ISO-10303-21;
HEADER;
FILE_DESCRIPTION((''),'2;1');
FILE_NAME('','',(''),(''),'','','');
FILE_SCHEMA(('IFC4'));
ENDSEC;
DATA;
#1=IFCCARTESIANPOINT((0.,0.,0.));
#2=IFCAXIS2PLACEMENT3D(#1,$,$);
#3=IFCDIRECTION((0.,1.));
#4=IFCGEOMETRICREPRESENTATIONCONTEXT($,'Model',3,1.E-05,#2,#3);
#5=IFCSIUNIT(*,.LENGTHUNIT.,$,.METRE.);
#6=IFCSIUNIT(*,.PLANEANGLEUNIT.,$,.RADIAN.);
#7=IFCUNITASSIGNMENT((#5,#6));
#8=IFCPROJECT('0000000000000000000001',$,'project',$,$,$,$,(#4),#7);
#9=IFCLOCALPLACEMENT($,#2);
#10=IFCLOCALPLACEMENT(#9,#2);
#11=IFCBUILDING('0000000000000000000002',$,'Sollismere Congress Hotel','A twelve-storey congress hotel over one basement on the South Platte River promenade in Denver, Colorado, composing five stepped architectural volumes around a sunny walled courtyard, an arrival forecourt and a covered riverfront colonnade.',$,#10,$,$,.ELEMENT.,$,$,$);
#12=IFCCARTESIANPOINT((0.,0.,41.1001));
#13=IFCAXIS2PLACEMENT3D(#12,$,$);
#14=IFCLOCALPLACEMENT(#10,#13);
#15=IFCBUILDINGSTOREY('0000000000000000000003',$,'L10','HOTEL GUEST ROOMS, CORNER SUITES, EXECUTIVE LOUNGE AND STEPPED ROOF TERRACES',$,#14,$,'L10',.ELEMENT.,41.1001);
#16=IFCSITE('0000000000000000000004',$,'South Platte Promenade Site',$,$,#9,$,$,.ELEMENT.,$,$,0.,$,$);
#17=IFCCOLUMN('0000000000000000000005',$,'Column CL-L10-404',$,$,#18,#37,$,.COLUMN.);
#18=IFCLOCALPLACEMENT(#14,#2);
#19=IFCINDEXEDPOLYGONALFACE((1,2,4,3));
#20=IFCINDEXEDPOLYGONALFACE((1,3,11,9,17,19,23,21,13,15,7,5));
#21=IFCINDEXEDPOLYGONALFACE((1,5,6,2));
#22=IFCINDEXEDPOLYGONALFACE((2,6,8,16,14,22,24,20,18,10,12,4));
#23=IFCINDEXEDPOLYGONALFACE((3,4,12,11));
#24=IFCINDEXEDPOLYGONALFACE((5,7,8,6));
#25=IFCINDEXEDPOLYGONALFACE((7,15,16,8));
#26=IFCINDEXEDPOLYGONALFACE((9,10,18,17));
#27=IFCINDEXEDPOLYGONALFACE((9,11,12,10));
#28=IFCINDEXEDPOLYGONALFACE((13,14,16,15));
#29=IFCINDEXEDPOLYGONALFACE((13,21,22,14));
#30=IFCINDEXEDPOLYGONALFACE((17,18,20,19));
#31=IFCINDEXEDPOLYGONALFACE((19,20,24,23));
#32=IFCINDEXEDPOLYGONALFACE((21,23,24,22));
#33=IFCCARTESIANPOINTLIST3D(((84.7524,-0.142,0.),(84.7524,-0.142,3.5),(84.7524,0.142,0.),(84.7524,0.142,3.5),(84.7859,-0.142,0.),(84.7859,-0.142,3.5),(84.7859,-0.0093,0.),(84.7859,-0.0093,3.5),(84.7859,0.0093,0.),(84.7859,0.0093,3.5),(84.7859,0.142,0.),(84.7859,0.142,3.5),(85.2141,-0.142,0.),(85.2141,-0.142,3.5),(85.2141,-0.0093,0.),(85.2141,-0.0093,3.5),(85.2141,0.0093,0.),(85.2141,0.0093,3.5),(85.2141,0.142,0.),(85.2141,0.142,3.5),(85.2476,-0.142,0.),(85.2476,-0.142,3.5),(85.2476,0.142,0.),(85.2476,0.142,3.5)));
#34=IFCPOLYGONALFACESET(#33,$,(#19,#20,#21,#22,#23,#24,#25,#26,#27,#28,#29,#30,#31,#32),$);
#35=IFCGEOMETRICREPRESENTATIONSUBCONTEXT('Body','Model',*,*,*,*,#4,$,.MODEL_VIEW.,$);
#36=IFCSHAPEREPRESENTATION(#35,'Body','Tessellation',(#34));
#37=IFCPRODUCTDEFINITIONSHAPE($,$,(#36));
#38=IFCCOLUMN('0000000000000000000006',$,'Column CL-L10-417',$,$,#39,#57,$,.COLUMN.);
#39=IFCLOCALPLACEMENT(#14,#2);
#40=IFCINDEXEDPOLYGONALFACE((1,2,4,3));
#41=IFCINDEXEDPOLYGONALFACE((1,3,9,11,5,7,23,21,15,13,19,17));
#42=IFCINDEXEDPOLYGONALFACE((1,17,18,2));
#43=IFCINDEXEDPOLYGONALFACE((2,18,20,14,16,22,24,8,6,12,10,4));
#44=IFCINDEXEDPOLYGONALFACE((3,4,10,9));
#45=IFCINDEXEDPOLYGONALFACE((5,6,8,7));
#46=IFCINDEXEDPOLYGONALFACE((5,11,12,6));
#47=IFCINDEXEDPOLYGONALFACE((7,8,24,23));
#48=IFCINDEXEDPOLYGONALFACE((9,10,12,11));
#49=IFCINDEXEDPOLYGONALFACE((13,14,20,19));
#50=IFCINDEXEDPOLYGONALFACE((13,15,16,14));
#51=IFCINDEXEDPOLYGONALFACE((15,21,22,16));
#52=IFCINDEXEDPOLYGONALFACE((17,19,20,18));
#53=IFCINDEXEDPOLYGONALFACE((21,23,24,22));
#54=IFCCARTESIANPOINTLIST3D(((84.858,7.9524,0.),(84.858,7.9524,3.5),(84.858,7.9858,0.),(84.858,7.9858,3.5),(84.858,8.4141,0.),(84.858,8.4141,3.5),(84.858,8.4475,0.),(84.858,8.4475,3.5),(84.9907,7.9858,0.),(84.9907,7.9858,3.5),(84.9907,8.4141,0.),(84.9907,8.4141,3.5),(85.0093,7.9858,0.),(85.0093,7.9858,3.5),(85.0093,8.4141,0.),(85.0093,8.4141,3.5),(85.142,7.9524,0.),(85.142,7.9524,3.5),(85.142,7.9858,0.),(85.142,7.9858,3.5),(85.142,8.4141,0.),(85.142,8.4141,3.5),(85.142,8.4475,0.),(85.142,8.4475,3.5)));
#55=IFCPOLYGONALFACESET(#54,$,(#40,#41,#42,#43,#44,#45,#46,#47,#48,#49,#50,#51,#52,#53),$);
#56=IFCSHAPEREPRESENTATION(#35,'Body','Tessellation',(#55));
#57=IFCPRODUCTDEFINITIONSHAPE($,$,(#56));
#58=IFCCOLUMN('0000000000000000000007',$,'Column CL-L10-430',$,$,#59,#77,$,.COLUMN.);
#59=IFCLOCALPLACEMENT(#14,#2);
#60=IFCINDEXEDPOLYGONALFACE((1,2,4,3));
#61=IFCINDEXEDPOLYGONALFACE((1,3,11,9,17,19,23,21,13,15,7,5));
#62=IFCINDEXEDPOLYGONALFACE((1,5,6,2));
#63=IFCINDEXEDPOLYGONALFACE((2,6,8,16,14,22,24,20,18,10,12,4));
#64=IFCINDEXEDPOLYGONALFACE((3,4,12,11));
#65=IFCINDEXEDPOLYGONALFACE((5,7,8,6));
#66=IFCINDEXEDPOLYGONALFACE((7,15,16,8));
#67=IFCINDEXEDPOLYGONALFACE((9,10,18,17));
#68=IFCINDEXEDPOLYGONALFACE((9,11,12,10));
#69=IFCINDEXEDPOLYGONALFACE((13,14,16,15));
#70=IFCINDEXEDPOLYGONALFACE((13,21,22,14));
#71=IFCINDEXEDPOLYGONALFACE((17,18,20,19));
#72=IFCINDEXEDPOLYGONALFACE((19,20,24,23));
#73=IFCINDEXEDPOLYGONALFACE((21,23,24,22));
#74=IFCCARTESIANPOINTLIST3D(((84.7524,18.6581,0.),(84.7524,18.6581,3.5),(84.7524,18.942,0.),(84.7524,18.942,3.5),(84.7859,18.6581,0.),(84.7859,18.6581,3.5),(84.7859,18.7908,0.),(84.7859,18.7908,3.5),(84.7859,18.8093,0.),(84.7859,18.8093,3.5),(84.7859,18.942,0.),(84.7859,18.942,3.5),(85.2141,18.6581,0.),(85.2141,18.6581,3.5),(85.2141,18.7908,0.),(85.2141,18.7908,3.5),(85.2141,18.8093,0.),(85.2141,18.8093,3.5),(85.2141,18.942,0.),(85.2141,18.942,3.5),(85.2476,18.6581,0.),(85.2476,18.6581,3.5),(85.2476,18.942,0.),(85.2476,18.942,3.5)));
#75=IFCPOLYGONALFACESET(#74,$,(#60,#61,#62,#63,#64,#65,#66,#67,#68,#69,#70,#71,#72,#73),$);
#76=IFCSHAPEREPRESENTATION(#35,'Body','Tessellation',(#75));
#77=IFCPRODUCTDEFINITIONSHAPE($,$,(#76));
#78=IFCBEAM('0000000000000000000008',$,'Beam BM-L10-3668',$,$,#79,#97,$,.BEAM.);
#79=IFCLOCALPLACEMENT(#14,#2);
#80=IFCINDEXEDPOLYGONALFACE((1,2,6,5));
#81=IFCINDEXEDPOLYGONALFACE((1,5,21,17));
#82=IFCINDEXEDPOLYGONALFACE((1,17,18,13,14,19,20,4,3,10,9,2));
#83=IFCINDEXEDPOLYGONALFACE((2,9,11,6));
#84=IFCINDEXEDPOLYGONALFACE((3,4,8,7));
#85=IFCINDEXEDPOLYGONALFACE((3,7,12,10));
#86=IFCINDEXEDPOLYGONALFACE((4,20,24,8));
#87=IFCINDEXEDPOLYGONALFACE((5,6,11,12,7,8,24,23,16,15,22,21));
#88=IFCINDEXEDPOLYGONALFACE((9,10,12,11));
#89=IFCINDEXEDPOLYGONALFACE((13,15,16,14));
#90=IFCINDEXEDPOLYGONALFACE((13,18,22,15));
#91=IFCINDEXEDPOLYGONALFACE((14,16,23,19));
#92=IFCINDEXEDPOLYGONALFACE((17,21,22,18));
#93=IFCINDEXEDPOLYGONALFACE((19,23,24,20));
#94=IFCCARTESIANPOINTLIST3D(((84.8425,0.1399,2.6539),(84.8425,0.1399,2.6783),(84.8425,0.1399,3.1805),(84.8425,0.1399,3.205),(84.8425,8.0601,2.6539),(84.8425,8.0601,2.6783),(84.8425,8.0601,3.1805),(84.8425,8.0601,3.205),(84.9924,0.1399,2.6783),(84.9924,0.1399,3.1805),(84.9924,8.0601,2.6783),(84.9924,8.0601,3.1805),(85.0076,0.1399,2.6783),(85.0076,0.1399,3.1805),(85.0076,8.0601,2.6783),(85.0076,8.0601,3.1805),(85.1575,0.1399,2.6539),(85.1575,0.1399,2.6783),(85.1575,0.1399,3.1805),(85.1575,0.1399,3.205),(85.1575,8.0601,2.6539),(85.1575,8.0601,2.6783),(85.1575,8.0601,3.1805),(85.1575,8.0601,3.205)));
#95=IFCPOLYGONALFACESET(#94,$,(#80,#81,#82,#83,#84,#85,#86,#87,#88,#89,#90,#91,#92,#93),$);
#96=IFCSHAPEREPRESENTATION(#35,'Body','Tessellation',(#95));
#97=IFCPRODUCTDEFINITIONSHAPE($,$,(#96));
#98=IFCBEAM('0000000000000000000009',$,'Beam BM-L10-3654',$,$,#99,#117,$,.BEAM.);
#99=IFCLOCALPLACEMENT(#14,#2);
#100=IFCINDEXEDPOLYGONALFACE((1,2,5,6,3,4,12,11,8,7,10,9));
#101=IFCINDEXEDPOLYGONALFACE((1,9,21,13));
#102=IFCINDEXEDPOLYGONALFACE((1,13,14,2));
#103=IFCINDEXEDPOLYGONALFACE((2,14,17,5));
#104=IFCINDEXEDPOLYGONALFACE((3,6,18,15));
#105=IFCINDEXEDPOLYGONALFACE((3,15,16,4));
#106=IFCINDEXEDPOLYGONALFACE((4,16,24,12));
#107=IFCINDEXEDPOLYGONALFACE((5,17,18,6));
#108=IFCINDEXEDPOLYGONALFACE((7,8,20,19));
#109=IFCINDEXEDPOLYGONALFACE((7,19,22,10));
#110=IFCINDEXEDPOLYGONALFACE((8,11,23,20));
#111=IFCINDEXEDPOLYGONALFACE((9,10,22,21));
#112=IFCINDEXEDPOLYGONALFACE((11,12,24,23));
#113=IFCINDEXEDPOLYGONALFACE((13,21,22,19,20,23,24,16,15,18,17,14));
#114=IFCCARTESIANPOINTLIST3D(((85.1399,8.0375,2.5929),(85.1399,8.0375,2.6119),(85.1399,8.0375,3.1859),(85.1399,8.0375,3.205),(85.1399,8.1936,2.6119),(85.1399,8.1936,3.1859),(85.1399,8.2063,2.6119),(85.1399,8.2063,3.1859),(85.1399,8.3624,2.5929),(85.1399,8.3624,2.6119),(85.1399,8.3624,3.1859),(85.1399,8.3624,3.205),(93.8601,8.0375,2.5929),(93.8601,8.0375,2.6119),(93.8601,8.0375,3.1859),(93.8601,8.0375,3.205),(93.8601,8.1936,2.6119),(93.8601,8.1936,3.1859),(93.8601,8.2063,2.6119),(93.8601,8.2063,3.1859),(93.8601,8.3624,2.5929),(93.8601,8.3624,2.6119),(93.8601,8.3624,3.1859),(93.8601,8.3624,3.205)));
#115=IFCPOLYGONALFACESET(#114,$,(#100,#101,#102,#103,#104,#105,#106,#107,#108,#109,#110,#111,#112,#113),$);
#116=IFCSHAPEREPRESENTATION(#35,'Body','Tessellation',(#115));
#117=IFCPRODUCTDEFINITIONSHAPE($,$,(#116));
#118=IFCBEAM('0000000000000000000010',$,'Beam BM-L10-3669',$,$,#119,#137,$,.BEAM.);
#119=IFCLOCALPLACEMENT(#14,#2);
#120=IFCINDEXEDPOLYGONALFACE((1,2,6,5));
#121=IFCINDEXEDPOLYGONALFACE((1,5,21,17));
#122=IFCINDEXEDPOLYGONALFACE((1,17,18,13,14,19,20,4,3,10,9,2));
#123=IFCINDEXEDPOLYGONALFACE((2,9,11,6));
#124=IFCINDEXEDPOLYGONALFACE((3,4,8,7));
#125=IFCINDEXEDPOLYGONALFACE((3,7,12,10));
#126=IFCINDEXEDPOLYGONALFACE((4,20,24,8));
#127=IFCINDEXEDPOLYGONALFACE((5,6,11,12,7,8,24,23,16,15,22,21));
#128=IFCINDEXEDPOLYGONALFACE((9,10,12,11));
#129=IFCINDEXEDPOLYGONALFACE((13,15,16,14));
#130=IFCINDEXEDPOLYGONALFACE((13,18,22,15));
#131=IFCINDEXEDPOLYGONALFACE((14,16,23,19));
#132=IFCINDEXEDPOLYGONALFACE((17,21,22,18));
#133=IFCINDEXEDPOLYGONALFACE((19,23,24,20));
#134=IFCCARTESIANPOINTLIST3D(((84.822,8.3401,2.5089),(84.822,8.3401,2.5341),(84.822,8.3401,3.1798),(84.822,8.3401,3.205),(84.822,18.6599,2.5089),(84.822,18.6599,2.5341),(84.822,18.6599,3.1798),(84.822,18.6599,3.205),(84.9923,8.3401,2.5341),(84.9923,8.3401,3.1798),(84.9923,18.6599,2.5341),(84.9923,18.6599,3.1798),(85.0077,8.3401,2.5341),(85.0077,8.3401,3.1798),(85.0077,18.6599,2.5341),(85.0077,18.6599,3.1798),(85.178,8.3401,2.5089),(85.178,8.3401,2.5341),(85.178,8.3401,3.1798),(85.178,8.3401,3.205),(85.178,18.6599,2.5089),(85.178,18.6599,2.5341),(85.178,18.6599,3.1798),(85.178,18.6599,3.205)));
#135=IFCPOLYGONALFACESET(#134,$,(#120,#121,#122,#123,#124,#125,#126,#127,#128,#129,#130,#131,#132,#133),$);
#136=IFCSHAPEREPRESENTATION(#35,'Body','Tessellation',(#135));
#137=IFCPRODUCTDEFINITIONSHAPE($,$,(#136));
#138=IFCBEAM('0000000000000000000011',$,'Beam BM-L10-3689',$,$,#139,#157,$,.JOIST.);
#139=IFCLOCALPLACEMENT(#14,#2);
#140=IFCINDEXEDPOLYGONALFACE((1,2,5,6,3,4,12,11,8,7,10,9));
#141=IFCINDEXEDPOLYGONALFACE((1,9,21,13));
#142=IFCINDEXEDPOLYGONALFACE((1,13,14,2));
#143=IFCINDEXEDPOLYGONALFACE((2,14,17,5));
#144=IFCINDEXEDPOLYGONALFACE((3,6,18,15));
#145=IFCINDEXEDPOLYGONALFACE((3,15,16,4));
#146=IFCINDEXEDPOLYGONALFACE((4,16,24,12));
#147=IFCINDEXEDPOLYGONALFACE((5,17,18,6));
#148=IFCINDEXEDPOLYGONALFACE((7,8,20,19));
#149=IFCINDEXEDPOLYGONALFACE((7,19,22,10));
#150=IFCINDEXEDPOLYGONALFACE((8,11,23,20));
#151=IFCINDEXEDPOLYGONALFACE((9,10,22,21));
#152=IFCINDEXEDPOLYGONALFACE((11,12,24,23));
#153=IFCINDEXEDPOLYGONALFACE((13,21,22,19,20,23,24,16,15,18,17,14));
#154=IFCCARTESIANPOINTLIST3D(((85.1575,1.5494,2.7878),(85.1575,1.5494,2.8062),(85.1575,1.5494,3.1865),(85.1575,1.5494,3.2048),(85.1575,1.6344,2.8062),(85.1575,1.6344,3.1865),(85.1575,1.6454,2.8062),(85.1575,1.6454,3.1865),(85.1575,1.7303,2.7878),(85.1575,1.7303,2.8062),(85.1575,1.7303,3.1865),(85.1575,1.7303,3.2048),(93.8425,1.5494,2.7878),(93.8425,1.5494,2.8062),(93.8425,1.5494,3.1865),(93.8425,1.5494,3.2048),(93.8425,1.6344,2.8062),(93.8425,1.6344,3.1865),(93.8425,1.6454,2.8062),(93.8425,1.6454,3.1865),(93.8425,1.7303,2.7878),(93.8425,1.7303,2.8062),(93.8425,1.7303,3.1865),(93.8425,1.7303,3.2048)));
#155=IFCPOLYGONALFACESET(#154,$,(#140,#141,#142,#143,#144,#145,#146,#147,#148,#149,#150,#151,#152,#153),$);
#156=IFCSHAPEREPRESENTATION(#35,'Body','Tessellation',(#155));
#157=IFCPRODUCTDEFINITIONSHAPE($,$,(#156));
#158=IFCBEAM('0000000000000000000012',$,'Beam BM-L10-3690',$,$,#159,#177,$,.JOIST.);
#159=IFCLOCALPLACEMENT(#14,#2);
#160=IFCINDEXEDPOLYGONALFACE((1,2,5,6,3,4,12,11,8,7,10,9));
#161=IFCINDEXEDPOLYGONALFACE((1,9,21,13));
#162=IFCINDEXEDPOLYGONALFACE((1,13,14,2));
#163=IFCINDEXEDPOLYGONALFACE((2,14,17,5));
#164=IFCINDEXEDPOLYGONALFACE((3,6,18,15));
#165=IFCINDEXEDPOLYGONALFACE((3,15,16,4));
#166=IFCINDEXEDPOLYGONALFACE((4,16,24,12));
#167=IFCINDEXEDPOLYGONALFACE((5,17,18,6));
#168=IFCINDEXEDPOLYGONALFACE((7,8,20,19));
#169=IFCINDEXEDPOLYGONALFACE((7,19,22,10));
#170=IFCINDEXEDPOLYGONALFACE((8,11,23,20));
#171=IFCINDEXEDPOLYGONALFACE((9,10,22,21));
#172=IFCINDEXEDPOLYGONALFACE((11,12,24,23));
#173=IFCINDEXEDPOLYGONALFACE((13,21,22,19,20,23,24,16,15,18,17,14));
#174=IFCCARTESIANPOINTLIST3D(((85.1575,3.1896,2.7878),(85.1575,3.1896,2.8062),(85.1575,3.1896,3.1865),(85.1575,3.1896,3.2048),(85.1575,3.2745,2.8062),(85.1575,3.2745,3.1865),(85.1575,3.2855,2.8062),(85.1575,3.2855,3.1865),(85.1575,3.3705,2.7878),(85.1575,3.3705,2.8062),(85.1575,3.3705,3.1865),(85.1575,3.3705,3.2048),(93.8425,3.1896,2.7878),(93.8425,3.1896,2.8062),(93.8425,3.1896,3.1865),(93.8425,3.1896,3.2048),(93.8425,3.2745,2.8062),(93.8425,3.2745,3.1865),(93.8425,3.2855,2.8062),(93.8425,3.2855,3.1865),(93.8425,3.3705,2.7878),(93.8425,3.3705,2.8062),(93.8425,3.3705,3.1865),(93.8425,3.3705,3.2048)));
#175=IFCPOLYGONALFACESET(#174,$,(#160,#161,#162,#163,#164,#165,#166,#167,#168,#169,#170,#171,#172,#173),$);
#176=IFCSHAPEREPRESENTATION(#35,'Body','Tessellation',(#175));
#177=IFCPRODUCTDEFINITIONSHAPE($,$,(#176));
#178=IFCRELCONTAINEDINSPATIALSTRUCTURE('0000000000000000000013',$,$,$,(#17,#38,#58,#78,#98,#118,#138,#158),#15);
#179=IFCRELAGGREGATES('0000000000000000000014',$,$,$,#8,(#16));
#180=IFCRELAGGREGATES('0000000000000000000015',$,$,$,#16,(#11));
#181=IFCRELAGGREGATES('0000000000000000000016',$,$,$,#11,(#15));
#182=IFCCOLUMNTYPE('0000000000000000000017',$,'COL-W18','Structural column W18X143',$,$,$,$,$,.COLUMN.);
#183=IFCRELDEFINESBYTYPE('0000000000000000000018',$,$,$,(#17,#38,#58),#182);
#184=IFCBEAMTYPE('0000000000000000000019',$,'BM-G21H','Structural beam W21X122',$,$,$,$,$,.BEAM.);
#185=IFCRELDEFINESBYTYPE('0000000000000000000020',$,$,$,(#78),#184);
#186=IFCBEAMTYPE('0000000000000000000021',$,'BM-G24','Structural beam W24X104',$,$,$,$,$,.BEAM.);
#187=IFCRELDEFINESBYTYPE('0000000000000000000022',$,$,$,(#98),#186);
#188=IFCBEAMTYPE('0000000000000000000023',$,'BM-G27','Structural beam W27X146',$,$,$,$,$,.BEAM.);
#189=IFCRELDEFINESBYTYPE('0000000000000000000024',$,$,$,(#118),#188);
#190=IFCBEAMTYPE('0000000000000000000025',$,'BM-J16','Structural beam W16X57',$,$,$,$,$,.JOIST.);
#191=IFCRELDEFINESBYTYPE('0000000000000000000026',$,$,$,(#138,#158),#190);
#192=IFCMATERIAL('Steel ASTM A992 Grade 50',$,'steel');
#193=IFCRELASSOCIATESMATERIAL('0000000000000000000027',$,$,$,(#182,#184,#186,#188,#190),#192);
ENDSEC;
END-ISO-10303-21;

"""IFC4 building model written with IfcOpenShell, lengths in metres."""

from ifc_helpers import new_model, si_unit, direction, frame, origin, origin_2d, place, context, subcontext, project, spatial, i_section, extrude, material, material_profile, profile_set, type_object, element, save


model = new_model("IFC4")

# Units and contexts
model_context = context("Model", 3, precision=1e-05, world=origin(), true_north=direction((0.0, 1.0)))
body_context = subcontext(model_context, "Body", "Model", "MODEL_VIEW")
ifc_project = project(units=[si_unit("LENGTHUNIT", "METRE"), si_unit("PLANEANGLEUNIT", "RADIAN")], contexts=[model_context])

# Site, building, storey
site_placement = place(None, origin())
site = spatial("IfcSite", under=ifc_project, at=site_placement, Name="South Platte Promenade Site", CompositionType="ELEMENT", RefElevation=0.0)
building_placement = place(site_placement, origin())
building = spatial("IfcBuilding", under=site, at=building_placement, Name="Sollismere Congress Hotel", Description="A twelve-storey congress hotel over one basement on the South Platte River promenade in Denver, Colorado, composing five stepped architectural volumes around a sunny walled courtyard, an arrival forecourt and a covered riverfront colonnade.", CompositionType="ELEMENT")
storey_placement = place(building_placement, frame((0.0, 0.0, 41.1001)))
storey = spatial("IfcBuildingStorey", under=building, at=storey_placement, Name="L10", Description="HOTEL GUEST ROOMS, CORNER SUITES, EXECUTIVE LOUNGE AND STEPPED ROOF TERRACES", LongName="L10", CompositionType="ELEMENT", Elevation=41.1001)

# Columns
ifc_material_1 = material(Name="Steel ASTM A992 Grade 50", Category="steel")
ifc_material_profile_1 = material_profile(ifc_material_1, i_section(OverallWidth=0.2839, OverallDepth=0.4951, WebThickness=0.0186, FlangeThickness=0.0334, at=origin_2d()), Name="W18X143")
ifc_profile_set_1 = profile_set([ifc_material_profile_1], Name="Steel ASTM A992 Grade 50")
column_type = type_object("IfcColumnType", Name="COL-W18", Description="Structural column W18X143", PredefinedType="COLUMN", material=ifc_profile_set_1)
for number, where, z_axis, x_axis, name in (
    (1, (85.0, 0.0, 0.0), (0.0, 0.0, 1.0), (0.0, 1.0, 0.0), "Column CL-L10-404"),
    (2, (85.0, 8.2, 0.0), (0.0, 0.0, 1.0), (1.0, 0.0, 0.0), "Column CL-L10-417"),
    (3, (85.0, 18.8, 0.0), (0.0, 0.0, 1.0), (0.0, 1.0, 0.0), "Column CL-L10-430"),
):
    element("IfcColumn", number, at=place(storey_placement, frame(where, z_axis=z_axis, x_axis=x_axis)), inside=storey, type_object=column_type, Name=name, PredefinedType="COLUMN", context=body_context, shape_type="SweptSolid", body=[
        extrude(i_section(OverallWidth=0.2839, OverallDepth=0.4951, WebThickness=0.0186, FlangeThickness=0.0334, at=origin_2d()), origin(), (0.0, 0.0, 1.0), 3.5),
    ])

# Beams
ifc_material_profile_2 = material_profile(ifc_material_1, i_section(OverallWidth=0.3149, OverallDepth=0.551, WebThickness=0.0151, FlangeThickness=0.0244, at=origin_2d()), Name="W21X122")
ifc_profile_set_2 = profile_set([ifc_material_profile_2], Name="Steel ASTM A992 Grade 50")
beam_type_1 = type_object("IfcBeamType", Name="BM-G21H", Description="Structural beam W21X122", PredefinedType="BEAM", material=ifc_profile_set_2)
beam_1_placement = place(storey_placement, frame((85.0, 0.1399, 2.9294), z_axis=(0.0, 1.0, 0.0), x_axis=(-1.0, 0.0, 0.0)))
element("IfcBeam", 4, at=beam_1_placement, inside=storey, type_object=beam_type_1, Name="Beam BM-L10-3668", PredefinedType="BEAM", context=body_context, shape_type="SweptSolid", body=[
    extrude(i_section(OverallWidth=0.3149, OverallDepth=0.551, WebThickness=0.0151, FlangeThickness=0.0244, at=origin_2d()), origin(), (0.0, 0.0, 1.0), 7.9202),
])
ifc_material_profile_3 = material_profile(ifc_material_1, i_section(OverallWidth=0.325, OverallDepth=0.6121, WebThickness=0.0127, FlangeThickness=0.019, at=origin_2d()), Name="W24X104")
ifc_profile_set_3 = profile_set([ifc_material_profile_3], Name="Steel ASTM A992 Grade 50")
beam_type_2 = type_object("IfcBeamType", Name="BM-G24", Description="Structural beam W24X104", PredefinedType="BEAM", material=ifc_profile_set_3)
beam_2_placement = place(storey_placement, frame((85.1399, 8.2, 2.8989), z_axis=(1.0, 0.0, 0.0), x_axis=(0.0, 1.0, 0.0)))
element("IfcBeam", 5, at=beam_2_placement, inside=storey, type_object=beam_type_2, Name="Beam BM-L10-3654", PredefinedType="BEAM", context=body_context, shape_type="SweptSolid", body=[
    extrude(i_section(OverallWidth=0.325, OverallDepth=0.6121, WebThickness=0.0127, FlangeThickness=0.019, at=origin_2d()), origin(), (0.0, 0.0, 1.0), 8.7202),
])
ifc_material_profile_4 = material_profile(ifc_material_1, i_section(OverallWidth=0.356, OverallDepth=0.696, WebThickness=0.0154, FlangeThickness=0.0251, at=origin_2d()), Name="W27X146")
ifc_profile_set_4 = profile_set([ifc_material_profile_4], Name="Steel ASTM A992 Grade 50")
beam_type_3 = type_object("IfcBeamType", Name="BM-G27", Description="Structural beam W27X146", PredefinedType="BEAM", material=ifc_profile_set_4)
beam_3_placement = place(storey_placement, frame((85.0, 8.3401, 2.8569), z_axis=(0.0, 1.0, 0.0), x_axis=(-1.0, 0.0, 0.0)))
element("IfcBeam", 6, at=beam_3_placement, inside=storey, type_object=beam_type_3, Name="Beam BM-L10-3669", PredefinedType="BEAM", context=body_context, shape_type="SweptSolid", body=[
    extrude(i_section(OverallWidth=0.356, OverallDepth=0.696, WebThickness=0.0154, FlangeThickness=0.0251, at=origin_2d()), origin(), (0.0, 0.0, 1.0), 10.3198),
])
ifc_material_profile_5 = material_profile(ifc_material_1, i_section(OverallWidth=0.1809, OverallDepth=0.417, WebThickness=0.011, FlangeThickness=0.0183, at=origin_2d()), Name="W16X57")
ifc_profile_set_5 = profile_set([ifc_material_profile_5], Name="Steel ASTM A992 Grade 50")
beam_type_4 = type_object("IfcBeamType", Name="BM-J16", Description="Structural beam W16X57", PredefinedType="JOIST", material=ifc_profile_set_5)
for number, where, z_axis, x_axis, name in (
    (7, (85.1575, 1.6399, 2.9963), (1.0, 0.0, 0.0), (0.0, 1.0, 0.0), "Beam BM-L10-3689"),
    (8, (85.1575, 3.28, 2.9963), (1.0, 0.0, 0.0), (0.0, 1.0, 0.0), "Beam BM-L10-3690"),
):
    element("IfcBeam", number, at=place(storey_placement, frame(where, z_axis=z_axis, x_axis=x_axis)), inside=storey, type_object=beam_type_4, Name=name, PredefinedType="JOIST", context=body_context, shape_type="SweptSolid", body=[
        extrude(i_section(OverallWidth=0.1809, OverallDepth=0.417, WebThickness=0.011, FlangeThickness=0.0183, at=origin_2d()), origin(), (0.0, 0.0, 1.0), 8.6851),
    ])

save(model, "model.ifc")
